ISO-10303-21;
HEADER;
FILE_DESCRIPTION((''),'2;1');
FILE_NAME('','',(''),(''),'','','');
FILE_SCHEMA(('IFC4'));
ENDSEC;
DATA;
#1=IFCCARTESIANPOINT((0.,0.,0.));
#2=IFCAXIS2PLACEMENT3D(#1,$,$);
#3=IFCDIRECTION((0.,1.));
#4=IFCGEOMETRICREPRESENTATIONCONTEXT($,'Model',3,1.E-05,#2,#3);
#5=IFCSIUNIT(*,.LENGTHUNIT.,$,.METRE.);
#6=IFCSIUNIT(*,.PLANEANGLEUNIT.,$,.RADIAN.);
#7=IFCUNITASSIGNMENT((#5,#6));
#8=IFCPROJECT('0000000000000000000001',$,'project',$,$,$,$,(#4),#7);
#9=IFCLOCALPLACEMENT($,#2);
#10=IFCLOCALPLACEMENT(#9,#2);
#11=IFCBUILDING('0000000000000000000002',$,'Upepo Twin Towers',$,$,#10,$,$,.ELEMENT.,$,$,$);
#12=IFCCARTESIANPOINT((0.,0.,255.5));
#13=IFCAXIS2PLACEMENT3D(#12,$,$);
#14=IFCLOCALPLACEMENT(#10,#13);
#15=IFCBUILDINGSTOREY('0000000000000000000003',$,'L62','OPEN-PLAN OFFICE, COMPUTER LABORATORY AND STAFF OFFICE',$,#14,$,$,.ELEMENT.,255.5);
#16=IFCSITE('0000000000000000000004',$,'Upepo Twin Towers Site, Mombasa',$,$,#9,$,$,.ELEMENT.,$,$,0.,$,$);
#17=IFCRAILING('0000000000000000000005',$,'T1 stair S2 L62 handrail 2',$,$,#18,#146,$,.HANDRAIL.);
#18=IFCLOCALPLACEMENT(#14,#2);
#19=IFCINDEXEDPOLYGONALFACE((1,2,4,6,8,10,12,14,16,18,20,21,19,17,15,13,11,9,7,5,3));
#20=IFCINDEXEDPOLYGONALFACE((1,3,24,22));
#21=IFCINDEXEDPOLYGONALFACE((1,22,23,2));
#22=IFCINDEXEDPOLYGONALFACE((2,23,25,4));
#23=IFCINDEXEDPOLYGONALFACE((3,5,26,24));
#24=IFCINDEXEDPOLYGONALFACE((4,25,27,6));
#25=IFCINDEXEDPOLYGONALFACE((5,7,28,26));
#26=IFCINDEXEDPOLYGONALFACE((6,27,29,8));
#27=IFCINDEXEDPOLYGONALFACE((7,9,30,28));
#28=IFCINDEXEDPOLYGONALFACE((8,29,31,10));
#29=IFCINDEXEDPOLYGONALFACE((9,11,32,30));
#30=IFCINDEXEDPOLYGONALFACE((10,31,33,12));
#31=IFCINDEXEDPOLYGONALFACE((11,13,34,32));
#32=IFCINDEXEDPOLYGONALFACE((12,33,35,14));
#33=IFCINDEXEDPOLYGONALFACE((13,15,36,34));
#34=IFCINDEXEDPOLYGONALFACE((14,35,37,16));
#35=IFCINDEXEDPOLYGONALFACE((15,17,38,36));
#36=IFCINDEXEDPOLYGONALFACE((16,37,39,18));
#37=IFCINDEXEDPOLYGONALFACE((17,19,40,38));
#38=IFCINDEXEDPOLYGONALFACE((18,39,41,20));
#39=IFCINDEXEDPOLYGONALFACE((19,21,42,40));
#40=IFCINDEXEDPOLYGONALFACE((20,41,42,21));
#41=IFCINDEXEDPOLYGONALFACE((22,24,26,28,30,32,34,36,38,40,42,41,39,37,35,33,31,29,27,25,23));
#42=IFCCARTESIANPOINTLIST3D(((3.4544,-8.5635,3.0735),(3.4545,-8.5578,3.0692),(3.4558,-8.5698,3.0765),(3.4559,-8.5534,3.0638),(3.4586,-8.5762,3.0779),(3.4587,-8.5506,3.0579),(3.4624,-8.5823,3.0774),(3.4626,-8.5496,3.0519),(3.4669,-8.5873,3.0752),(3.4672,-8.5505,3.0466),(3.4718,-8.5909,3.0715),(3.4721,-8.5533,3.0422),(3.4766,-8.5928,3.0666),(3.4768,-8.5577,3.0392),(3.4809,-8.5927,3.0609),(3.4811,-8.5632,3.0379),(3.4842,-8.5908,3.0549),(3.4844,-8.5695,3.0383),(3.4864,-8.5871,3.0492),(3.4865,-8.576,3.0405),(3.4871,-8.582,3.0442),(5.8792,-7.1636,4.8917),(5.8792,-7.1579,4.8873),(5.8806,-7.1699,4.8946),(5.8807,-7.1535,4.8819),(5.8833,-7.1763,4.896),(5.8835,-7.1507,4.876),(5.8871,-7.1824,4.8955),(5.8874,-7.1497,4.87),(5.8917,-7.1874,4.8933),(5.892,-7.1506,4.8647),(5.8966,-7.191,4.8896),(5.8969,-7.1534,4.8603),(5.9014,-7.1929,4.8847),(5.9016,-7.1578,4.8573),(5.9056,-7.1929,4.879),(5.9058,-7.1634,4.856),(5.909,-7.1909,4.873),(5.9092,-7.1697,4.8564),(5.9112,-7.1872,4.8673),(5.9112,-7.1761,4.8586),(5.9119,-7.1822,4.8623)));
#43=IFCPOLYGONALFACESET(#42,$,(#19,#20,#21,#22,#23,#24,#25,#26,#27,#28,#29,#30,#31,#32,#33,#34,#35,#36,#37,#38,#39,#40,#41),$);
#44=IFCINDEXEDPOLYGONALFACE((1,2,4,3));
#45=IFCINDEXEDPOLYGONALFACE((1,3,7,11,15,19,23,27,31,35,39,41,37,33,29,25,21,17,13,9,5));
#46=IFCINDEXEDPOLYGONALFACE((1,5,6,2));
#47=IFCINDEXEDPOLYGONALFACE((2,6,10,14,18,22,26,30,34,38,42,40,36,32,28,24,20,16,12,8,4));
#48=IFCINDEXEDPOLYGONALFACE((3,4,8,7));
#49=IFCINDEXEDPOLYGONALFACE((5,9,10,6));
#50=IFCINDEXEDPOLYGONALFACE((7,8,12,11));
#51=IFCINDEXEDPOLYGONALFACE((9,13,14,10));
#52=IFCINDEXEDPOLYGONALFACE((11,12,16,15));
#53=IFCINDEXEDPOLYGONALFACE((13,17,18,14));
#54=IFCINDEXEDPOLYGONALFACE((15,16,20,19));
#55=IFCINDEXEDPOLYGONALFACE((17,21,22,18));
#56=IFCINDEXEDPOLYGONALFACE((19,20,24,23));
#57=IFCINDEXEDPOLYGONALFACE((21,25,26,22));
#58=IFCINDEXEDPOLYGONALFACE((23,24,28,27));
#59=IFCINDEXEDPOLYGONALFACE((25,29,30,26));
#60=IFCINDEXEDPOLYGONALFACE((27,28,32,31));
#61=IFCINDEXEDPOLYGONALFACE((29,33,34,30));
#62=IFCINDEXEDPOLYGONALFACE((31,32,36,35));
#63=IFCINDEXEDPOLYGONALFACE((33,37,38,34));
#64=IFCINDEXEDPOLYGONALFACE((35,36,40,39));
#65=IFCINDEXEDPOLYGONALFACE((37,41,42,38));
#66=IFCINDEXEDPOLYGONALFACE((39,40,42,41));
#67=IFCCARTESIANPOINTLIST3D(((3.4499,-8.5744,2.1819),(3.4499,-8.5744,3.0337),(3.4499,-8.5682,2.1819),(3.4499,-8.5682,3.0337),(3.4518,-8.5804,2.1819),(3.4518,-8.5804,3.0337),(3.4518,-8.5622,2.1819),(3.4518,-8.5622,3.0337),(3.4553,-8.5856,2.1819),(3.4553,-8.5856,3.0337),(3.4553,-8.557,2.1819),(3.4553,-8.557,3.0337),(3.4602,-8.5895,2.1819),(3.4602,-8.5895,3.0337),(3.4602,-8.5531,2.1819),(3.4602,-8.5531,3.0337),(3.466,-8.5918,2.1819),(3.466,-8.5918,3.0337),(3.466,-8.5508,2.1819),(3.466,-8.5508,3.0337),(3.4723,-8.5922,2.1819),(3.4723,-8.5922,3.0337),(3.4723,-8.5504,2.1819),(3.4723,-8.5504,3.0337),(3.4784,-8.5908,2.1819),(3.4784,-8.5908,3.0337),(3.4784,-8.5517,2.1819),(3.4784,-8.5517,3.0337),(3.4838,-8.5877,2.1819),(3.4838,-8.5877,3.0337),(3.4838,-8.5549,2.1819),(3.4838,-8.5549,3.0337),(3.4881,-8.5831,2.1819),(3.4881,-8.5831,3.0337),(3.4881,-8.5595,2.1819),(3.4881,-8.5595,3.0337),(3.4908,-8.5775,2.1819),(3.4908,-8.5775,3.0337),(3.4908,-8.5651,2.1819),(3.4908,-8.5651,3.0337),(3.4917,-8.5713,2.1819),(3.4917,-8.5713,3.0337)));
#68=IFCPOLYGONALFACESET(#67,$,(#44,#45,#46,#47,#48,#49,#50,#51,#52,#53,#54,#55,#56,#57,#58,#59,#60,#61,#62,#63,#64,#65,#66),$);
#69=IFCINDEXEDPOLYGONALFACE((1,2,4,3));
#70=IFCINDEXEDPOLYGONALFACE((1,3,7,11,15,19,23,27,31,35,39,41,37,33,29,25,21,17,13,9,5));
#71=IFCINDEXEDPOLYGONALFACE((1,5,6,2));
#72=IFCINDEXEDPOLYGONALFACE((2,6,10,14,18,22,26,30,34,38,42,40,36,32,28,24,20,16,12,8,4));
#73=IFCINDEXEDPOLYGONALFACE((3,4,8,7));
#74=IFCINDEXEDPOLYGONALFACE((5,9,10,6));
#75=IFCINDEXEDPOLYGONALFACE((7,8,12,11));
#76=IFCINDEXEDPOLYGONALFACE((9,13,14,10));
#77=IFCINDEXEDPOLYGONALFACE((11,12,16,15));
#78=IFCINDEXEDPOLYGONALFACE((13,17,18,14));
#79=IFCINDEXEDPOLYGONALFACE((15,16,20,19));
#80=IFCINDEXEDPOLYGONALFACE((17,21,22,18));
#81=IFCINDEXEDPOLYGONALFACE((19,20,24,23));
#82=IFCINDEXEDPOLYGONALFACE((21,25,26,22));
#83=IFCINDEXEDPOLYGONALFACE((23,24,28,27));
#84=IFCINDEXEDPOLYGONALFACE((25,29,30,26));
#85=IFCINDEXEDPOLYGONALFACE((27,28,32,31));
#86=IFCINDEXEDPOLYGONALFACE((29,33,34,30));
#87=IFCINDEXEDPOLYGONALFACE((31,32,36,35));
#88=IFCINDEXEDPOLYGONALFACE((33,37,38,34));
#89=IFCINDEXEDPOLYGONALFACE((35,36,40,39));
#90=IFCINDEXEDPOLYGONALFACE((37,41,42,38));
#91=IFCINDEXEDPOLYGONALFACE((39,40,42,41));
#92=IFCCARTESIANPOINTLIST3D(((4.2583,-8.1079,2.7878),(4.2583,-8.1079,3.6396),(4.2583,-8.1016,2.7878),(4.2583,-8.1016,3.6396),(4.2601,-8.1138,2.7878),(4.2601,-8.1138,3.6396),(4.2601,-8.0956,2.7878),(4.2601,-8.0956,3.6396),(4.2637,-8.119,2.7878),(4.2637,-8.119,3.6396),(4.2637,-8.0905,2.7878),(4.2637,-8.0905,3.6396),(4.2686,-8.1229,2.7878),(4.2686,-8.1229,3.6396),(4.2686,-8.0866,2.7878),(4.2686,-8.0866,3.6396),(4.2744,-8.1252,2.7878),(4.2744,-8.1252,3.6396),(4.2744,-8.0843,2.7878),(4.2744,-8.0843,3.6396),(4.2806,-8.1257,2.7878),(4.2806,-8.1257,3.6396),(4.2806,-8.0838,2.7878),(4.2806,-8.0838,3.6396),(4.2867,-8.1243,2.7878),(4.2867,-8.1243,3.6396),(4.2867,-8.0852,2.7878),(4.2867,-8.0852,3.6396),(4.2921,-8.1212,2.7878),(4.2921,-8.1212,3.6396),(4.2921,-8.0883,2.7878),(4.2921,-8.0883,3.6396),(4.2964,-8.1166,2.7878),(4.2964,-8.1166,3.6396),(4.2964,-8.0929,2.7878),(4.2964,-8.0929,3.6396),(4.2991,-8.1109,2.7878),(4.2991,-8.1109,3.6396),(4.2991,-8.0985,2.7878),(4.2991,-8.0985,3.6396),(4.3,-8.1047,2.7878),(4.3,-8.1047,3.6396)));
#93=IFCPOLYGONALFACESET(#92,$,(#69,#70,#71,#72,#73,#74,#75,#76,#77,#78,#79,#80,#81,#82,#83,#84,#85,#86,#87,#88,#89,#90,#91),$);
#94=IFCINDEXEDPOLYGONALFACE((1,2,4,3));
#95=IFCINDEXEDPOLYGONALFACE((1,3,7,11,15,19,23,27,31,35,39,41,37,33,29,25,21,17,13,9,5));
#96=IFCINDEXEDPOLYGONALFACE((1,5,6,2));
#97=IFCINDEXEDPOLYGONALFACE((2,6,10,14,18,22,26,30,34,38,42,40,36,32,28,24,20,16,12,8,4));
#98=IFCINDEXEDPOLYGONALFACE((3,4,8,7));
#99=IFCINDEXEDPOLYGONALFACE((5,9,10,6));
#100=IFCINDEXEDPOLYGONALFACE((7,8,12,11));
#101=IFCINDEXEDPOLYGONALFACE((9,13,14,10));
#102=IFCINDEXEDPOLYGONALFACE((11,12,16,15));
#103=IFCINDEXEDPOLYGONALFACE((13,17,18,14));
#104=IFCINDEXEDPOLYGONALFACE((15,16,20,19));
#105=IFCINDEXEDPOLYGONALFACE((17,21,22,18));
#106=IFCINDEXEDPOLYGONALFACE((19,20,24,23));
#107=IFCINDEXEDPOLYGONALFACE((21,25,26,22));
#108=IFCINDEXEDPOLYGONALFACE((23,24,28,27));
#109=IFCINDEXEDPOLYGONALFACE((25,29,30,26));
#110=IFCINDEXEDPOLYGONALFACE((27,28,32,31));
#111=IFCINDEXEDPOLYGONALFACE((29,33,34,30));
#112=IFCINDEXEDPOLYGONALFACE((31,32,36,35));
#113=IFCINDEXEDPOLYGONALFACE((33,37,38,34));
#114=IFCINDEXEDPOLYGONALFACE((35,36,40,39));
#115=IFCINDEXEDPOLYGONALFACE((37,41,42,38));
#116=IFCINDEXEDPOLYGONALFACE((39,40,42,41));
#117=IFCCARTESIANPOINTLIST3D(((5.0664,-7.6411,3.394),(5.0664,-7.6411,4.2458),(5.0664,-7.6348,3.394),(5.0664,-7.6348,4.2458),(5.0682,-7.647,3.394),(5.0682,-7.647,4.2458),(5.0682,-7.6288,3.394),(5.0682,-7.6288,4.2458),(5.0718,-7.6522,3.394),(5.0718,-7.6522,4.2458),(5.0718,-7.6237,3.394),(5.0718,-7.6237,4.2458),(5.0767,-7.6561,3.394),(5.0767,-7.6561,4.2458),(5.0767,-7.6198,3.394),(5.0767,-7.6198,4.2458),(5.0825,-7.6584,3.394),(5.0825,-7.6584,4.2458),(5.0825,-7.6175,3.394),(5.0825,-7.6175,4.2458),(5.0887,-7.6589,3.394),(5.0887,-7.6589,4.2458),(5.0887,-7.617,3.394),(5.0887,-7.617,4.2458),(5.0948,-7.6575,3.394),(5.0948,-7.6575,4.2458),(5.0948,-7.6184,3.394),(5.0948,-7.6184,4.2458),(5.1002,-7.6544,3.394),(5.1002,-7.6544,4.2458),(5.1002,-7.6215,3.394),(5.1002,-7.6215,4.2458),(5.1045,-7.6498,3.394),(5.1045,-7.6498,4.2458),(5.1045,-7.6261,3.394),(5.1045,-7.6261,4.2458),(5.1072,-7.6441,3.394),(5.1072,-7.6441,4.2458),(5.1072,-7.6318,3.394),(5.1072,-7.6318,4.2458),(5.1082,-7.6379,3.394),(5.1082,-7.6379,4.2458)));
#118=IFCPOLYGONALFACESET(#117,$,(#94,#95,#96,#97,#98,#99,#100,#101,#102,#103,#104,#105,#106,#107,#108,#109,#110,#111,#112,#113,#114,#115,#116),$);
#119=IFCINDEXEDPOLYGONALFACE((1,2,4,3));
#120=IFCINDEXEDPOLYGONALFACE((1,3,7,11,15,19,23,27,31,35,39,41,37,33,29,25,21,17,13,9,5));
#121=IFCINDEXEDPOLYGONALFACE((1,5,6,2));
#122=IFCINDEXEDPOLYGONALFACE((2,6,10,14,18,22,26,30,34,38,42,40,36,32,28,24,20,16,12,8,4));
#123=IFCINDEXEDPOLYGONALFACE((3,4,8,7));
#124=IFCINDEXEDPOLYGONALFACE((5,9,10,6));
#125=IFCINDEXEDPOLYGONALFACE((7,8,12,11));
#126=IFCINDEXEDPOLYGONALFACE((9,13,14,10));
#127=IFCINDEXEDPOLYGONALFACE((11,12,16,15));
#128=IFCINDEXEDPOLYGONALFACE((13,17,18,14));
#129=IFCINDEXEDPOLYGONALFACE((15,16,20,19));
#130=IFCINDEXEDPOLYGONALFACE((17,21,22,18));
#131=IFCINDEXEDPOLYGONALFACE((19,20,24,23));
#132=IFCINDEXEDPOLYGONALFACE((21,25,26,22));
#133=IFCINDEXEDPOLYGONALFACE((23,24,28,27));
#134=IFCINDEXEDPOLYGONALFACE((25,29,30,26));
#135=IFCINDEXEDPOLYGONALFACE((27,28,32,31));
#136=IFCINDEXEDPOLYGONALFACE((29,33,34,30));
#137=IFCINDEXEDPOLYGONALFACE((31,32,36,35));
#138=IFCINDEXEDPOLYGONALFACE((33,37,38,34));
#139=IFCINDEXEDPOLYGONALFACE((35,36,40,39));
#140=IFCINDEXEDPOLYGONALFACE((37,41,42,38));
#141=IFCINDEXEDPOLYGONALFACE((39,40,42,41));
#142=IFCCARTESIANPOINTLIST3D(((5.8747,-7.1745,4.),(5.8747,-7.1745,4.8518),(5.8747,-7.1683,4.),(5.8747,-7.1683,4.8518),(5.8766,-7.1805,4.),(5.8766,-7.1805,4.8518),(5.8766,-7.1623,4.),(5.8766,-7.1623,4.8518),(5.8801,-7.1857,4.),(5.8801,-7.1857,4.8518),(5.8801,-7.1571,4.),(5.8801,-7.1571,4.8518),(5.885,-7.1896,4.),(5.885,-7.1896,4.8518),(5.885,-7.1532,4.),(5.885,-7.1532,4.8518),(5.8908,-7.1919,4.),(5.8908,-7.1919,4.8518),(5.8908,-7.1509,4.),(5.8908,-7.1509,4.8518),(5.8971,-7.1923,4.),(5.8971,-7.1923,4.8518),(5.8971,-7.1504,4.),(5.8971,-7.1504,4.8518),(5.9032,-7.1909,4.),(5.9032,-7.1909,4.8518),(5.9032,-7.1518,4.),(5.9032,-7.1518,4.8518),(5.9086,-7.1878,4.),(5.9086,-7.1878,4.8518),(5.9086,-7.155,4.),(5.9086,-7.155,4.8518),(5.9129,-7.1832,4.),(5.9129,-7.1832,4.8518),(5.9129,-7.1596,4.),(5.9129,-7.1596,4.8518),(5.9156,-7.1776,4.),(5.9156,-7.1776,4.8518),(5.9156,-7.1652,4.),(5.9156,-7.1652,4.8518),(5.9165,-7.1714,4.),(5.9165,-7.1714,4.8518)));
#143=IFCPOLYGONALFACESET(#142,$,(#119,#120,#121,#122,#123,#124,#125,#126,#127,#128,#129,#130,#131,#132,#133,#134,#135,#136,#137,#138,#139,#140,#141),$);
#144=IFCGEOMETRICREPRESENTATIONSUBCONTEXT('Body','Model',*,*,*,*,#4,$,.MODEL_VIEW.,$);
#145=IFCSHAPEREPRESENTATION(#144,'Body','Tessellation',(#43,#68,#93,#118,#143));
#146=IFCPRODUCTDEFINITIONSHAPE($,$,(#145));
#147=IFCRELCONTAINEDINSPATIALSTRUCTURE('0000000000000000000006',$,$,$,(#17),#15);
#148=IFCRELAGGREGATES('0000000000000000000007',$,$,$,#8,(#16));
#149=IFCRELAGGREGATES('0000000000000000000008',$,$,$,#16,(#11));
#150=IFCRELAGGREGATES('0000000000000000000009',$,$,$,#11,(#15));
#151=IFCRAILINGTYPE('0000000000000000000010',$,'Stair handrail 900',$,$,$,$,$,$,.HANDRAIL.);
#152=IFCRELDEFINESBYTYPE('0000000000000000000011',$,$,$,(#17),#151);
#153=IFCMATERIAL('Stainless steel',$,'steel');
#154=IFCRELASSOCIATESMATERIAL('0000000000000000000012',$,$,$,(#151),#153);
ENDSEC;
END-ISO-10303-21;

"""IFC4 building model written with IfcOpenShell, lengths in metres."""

from ifc_helpers import new_model, si_unit, direction, frame, origin, origin_2d, place, context, subcontext, project, spatial, circle, extrude, material, type_object, element, save


model = new_model("IFC4")

# Units and contexts
model_context = context("Model", 3, precision=1e-05, world=origin(), true_north=direction((0.0, 1.0)))
body_context = subcontext(model_context, "Body", "Model", "MODEL_VIEW")
ifc_project = project(units=[si_unit("LENGTHUNIT", "METRE"), si_unit("PLANEANGLEUNIT", "RADIAN")], contexts=[model_context])

# Site, building, storey
site_placement = place(None, origin())
site = spatial("IfcSite", under=ifc_project, at=site_placement, Name="Upepo Twin Towers Site, Mombasa", CompositionType="ELEMENT", RefElevation=0.0)
building_placement = place(site_placement, origin())
building = spatial("IfcBuilding", under=site, at=building_placement, Name="Upepo Twin Towers", CompositionType="ELEMENT")
storey_placement = place(building_placement, frame((0.0, 0.0, 255.5)))
storey = spatial("IfcBuildingStorey", under=building, at=storey_placement, Name="L62", Description="OPEN-PLAN OFFICE, COMPUTER LABORATORY AND STAFF OFFICE", CompositionType="ELEMENT", Elevation=255.5)

# Railing
ifc_material_1 = material(Name="Stainless steel", Category="steel")
railing_type = type_object("IfcRailingType", Name="Stair handrail 900", PredefinedType="HANDRAIL", material=ifc_material_1)
railing_1_placement = place(storey_placement, frame((3.4707, -8.5713, 2.1819)))
element("IfcRailing", 1, at=railing_1_placement, inside=storey, type_object=railing_type, Name="T1 stair S2 L62 handrail 2", PredefinedType="HANDRAIL", context=body_context, shape_type="SweptSolid", body=[
    extrude(circle(Radius=0.0239, at=origin_2d()), frame((0.0, 0.0, 0.876), z_axis=(0.726336, 0.419333, 0.544606), x_axis=(-0.499984, 0.866035, 0.0)), (0.0, 0.0, 1.0), 3.3384),
    extrude(circle(Radius=0.021, at=origin_2d()), origin(), (0.0, 0.0, 1.0), 0.8518),
    extrude(circle(Radius=0.021, at=origin_2d()), frame((0.8083, 0.4666, 0.606)), (0.0, 0.0, 1.0), 0.8518),
    extrude(circle(Radius=0.021, at=origin_2d()), frame((1.6165, 0.9333, 1.2122)), (0.0, 0.0, 1.0), 0.8518),
    extrude(circle(Radius=0.021, at=origin_2d()), frame((2.4248, 1.3999, 1.8181)), (0.0, 0.0, 1.0), 0.8518),
])

save(model, "model.ifc")
